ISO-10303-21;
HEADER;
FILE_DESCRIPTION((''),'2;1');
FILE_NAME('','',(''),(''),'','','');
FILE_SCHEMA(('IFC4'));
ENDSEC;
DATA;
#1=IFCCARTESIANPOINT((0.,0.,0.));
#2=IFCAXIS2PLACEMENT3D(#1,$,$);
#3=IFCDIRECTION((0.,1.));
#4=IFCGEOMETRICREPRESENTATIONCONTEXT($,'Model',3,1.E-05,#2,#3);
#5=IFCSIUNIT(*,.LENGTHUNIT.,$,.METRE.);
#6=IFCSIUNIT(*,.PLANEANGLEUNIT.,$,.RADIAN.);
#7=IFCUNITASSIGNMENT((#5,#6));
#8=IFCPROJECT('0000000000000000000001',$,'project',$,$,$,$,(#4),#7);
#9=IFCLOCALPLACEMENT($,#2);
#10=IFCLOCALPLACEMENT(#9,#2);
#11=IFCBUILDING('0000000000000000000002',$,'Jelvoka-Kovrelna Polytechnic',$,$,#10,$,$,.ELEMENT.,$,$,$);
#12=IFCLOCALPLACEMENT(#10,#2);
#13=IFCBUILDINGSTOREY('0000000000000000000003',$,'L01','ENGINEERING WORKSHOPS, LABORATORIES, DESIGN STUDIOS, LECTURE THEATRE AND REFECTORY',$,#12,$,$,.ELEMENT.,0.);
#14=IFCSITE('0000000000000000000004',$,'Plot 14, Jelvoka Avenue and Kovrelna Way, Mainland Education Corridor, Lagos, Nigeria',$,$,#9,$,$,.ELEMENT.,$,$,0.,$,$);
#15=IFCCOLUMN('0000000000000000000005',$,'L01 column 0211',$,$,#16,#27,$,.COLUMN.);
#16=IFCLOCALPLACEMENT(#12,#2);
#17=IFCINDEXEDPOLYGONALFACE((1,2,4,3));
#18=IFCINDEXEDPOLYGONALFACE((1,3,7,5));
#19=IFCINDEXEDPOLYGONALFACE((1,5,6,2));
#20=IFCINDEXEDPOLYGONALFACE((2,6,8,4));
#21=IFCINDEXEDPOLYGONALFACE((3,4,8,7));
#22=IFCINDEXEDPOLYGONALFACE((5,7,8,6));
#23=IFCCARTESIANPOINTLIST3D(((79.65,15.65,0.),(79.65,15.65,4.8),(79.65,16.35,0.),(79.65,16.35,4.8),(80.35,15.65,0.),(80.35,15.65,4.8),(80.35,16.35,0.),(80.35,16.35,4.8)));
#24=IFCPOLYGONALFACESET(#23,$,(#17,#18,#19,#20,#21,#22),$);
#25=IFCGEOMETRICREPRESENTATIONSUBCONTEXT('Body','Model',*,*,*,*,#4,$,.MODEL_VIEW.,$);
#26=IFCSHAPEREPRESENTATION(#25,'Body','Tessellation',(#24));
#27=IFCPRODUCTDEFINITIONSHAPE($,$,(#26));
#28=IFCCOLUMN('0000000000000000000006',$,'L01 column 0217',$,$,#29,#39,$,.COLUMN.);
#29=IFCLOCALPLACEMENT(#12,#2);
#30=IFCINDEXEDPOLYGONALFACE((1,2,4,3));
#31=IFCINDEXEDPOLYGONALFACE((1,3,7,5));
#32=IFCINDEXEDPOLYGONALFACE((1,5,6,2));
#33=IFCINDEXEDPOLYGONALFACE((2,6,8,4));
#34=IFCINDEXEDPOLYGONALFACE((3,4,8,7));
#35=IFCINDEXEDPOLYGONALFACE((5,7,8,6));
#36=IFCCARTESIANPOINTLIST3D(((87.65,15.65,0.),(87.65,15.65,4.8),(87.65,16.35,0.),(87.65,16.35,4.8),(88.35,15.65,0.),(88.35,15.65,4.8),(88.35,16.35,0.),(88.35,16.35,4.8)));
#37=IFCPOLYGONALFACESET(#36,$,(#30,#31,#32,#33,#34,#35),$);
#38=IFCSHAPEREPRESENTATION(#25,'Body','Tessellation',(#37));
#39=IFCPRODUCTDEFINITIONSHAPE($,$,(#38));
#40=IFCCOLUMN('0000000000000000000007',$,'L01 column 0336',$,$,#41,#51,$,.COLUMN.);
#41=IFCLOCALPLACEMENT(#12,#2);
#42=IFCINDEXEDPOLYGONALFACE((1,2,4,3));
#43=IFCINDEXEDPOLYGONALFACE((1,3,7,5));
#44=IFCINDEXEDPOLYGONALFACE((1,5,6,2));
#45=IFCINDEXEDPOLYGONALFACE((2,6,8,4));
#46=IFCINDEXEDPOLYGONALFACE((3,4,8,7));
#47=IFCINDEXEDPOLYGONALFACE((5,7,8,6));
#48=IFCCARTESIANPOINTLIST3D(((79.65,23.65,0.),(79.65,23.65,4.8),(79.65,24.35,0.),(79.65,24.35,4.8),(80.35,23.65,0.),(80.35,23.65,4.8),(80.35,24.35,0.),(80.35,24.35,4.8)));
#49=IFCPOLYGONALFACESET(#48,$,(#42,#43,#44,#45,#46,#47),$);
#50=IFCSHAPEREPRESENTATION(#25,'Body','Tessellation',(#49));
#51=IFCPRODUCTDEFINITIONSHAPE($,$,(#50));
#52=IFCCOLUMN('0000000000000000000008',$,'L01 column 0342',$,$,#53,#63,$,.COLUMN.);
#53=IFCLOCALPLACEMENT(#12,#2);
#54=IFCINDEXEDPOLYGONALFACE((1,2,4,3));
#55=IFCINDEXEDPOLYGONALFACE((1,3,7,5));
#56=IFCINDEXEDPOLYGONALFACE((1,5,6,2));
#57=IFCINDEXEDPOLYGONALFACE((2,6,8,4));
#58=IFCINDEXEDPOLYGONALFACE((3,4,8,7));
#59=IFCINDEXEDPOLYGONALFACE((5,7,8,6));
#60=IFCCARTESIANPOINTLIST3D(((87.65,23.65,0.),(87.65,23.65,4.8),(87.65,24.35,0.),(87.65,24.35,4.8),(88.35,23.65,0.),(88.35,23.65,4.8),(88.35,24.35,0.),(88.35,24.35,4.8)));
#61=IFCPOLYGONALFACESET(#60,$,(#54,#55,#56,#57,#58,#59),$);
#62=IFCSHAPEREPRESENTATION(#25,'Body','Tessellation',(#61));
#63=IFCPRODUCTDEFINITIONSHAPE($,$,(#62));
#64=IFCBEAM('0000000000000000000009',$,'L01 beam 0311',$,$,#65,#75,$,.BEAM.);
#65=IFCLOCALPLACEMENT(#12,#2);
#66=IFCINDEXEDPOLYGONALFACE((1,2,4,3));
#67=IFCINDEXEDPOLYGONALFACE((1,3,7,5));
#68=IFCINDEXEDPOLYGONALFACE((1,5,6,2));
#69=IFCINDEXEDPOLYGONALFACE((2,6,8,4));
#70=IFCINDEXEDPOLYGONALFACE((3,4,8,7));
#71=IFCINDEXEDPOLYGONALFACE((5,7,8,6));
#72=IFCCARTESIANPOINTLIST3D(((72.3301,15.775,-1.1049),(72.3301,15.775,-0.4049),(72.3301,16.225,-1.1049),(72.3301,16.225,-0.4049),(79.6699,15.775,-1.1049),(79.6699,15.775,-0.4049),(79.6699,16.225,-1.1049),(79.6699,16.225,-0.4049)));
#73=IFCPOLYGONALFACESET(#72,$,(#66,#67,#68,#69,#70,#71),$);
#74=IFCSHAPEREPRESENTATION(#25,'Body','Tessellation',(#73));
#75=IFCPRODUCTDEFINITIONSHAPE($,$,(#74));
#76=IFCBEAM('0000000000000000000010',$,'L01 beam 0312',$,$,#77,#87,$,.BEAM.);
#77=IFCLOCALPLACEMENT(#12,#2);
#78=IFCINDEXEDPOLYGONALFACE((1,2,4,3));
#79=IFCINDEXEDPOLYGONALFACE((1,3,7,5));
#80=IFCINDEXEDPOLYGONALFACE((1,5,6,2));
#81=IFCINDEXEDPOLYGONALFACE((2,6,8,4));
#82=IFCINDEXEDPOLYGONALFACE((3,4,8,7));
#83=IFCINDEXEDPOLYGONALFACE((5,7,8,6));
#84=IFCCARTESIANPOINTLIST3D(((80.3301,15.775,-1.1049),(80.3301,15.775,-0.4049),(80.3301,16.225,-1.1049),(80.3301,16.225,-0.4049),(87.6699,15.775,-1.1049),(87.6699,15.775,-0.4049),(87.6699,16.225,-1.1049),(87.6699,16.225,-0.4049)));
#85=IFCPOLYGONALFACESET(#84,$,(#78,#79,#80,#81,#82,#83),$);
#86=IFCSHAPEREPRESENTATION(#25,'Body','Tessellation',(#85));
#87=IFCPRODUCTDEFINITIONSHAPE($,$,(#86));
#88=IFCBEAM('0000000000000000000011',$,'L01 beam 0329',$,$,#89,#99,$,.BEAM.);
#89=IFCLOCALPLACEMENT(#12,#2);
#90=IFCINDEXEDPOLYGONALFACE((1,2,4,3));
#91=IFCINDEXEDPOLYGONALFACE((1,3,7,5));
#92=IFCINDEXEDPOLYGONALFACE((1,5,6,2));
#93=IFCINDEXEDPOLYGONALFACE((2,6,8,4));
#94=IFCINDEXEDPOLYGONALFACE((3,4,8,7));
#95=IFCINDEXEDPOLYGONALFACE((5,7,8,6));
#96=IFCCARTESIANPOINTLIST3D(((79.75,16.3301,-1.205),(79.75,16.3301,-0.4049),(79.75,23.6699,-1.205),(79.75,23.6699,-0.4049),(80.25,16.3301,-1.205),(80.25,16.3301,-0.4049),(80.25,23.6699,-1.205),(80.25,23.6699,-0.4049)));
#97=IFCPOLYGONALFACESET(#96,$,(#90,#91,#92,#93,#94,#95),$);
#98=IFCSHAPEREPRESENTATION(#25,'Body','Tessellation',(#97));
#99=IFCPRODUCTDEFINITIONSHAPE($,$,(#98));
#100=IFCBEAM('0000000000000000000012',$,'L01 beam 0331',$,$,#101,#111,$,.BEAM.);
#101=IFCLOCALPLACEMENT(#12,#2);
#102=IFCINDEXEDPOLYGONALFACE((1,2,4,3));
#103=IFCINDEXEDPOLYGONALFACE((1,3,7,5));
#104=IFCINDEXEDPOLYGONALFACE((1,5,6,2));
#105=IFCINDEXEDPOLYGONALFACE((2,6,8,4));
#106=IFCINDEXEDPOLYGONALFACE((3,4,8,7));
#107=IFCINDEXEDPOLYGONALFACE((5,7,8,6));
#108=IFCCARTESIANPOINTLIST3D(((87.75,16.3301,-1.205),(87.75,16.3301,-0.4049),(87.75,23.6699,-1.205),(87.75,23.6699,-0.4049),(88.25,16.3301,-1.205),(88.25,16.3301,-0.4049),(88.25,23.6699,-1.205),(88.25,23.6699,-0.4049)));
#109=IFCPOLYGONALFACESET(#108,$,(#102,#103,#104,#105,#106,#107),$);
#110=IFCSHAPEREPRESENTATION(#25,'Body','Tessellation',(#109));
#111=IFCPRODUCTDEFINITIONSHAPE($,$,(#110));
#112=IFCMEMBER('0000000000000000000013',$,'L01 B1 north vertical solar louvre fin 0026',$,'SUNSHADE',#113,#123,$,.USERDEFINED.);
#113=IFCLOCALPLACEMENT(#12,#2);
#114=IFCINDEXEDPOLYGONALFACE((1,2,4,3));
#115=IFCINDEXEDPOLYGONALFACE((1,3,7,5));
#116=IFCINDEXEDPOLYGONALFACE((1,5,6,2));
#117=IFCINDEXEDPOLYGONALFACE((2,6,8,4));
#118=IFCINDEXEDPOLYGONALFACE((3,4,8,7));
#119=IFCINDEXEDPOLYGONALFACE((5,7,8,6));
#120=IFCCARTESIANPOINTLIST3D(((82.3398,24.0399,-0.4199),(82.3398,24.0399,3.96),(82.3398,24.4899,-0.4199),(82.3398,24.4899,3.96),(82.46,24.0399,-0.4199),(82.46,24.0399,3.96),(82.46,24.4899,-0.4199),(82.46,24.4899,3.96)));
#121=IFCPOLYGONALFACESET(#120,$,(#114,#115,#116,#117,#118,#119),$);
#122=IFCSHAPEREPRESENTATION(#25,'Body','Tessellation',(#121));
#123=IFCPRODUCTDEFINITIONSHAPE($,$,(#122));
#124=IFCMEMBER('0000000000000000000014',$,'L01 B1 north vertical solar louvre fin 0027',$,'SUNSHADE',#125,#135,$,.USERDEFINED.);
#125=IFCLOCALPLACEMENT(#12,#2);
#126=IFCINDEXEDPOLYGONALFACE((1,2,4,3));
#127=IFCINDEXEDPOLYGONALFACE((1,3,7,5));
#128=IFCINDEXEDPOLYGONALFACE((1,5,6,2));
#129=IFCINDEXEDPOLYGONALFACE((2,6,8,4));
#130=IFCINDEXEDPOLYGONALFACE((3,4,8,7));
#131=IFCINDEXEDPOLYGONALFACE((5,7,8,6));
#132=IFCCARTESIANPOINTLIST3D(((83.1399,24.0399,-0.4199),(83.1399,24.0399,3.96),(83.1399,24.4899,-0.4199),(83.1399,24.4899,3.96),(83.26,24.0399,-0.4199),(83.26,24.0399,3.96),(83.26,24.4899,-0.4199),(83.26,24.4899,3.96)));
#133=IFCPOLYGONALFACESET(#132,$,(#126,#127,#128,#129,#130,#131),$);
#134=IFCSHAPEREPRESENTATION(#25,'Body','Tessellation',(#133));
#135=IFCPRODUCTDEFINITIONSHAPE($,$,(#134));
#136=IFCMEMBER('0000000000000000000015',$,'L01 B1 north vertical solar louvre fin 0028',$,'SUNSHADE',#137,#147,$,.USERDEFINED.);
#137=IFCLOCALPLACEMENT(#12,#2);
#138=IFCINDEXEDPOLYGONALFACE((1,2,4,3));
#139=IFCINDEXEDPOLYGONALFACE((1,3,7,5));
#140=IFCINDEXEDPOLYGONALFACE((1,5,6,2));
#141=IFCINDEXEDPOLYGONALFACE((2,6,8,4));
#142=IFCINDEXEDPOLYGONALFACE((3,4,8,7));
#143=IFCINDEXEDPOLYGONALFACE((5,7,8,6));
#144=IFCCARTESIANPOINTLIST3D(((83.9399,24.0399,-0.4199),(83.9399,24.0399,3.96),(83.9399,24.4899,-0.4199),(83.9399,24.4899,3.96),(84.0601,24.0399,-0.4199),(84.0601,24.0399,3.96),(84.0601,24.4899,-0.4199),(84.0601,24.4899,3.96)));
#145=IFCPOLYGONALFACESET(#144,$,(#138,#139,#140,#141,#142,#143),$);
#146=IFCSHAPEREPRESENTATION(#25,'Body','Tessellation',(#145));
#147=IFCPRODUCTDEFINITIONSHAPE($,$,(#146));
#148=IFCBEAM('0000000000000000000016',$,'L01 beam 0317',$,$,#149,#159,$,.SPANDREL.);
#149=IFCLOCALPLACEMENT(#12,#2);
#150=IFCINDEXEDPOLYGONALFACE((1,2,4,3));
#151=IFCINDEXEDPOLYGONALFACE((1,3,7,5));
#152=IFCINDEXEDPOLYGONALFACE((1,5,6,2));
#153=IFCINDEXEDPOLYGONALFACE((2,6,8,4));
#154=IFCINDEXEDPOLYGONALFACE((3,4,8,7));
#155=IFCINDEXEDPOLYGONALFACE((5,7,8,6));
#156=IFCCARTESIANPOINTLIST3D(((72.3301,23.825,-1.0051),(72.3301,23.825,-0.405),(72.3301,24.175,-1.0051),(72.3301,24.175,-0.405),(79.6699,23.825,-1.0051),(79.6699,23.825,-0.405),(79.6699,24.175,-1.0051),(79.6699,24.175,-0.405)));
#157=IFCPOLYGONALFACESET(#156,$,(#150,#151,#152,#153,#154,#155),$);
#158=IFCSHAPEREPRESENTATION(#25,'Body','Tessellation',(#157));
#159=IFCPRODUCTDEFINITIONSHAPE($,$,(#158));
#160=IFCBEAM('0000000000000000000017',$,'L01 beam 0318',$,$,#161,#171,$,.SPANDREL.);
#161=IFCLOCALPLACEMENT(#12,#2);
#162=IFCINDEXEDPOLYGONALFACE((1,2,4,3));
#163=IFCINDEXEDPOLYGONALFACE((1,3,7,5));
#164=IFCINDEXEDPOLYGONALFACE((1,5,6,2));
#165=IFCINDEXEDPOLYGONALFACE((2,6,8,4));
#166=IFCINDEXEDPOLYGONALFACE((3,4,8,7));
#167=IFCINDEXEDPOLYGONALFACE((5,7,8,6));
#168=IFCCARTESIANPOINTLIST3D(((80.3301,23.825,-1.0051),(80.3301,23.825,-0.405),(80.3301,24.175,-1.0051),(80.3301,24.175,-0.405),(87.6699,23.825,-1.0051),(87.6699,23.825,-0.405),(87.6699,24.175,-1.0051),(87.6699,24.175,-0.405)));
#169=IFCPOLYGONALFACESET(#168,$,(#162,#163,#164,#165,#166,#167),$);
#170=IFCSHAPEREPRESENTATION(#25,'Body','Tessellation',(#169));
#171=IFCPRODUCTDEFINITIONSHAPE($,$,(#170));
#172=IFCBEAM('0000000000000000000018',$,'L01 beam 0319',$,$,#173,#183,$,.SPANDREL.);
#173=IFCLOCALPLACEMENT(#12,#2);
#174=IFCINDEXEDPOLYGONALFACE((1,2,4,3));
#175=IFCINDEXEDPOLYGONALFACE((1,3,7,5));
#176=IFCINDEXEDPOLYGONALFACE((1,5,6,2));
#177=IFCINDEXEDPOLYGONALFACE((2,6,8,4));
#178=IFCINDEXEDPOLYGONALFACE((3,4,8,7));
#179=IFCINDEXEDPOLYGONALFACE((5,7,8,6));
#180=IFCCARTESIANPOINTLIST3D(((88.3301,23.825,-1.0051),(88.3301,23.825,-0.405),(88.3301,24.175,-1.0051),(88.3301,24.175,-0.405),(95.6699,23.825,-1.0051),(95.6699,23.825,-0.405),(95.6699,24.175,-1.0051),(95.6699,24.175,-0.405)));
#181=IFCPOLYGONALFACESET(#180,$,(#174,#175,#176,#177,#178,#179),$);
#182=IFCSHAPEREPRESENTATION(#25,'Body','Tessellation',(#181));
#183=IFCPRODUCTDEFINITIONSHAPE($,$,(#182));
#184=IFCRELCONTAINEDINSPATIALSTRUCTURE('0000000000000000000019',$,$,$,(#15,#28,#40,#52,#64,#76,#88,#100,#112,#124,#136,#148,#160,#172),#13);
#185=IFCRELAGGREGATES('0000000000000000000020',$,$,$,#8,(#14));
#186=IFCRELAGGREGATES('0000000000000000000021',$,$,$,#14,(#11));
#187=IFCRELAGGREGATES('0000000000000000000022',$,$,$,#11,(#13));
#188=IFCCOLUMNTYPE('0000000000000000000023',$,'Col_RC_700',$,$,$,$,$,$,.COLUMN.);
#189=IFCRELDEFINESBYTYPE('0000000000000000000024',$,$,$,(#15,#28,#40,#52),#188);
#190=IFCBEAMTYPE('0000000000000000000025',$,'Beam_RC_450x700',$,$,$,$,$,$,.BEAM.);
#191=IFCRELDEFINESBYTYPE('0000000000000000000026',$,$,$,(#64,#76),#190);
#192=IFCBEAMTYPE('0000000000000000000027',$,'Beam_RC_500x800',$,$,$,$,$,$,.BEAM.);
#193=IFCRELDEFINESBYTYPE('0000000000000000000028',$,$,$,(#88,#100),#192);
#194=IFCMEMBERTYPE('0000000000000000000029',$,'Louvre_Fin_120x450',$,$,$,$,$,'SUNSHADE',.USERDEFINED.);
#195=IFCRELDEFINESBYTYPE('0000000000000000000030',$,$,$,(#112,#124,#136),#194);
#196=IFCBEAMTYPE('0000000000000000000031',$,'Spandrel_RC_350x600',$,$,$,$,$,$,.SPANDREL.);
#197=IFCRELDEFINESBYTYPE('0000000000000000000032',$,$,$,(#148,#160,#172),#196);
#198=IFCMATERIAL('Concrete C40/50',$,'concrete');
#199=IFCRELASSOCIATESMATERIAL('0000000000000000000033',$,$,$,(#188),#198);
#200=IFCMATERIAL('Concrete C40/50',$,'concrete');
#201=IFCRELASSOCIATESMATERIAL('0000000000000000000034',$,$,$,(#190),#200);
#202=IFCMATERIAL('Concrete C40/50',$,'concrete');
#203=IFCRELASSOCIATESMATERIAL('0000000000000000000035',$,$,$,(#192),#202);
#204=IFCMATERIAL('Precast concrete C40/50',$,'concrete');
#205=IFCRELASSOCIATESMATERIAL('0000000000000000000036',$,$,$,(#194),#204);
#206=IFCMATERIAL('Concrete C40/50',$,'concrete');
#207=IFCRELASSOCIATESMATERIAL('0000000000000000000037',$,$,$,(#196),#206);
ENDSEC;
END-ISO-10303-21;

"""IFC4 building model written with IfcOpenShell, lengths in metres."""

from ifc_helpers import new_model, si_unit, direction, frame, origin, origin_2d, place, context, subcontext, project, spatial, rectangle, extrude, material, material_profile, profile_set, type_object, element, save


model = new_model("IFC4")

# Units and contexts
model_context = context("Model", 3, precision=1e-05, world=origin(), true_north=direction((0.0, 1.0)))
body_context = subcontext(model_context, "Body", "Model", "MODEL_VIEW")
ifc_project = project(units=[si_unit("LENGTHUNIT", "METRE"), si_unit("PLANEANGLEUNIT", "RADIAN")], contexts=[model_context])

# Site, building, storey
site_placement = place(None, origin())
site = spatial("IfcSite", under=ifc_project, at=site_placement, Name="Plot 14, Jelvoka Avenue and Kovrelna Way, Mainland Education Corridor, Lagos, Nigeria", CompositionType="ELEMENT", RefElevation=0.0)
building_placement = place(site_placement, origin())
building = spatial("IfcBuilding", under=site, at=building_placement, Name="Jelvoka-Kovrelna Polytechnic", CompositionType="ELEMENT")
storey_placement = place(building_placement, origin())
storey = spatial("IfcBuildingStorey", under=building, at=storey_placement, Name="L01", Description="ENGINEERING WORKSHOPS, LABORATORIES, DESIGN STUDIOS, LECTURE THEATRE AND REFECTORY", CompositionType="ELEMENT", Elevation=0.0)

# Columns
ifc_material_1 = material(Name="Concrete C40/50", Category="concrete")
ifc_material_profile_1 = material_profile(ifc_material_1, rectangle(XDim=0.7, YDim=0.7, at=origin_2d()), Name="RC 700x700")
ifc_profile_set_1 = profile_set([ifc_material_profile_1], Name="Concrete C40/50")
column_type = type_object("IfcColumnType", Name="Col_RC_700", PredefinedType="COLUMN", material=ifc_profile_set_1)
for number, where, z_axis, x_axis, name in (
    (1, (80.0, 16.0, 0.0), (0.0, 0.0, 1.0), (1.0, 0.0, 0.0), "L01 column 0211"),
    (2, (88.0, 16.0, 0.0), (0.0, 0.0, 1.0), (1.0, 0.0, 0.0), "L01 column 0217"),
    (3, (80.0, 24.0, 0.0), (0.0, 0.0, 1.0), (1.0, 0.0, 0.0), "L01 column 0336"),
    (4, (88.0, 24.0, 0.0), (0.0, 0.0, 1.0), (1.0, 0.0, 0.0), "L01 column 0342"),
):
    element("IfcColumn", number, at=place(storey_placement, frame(where, z_axis=z_axis, x_axis=x_axis)), inside=storey, type_object=column_type, Name=name, PredefinedType="COLUMN", context=body_context, shape_type="SweptSolid", body=[
        extrude(rectangle(XDim=0.7, YDim=0.7, at=origin_2d()), origin(), (0.0, 0.0, 1.0), 4.8),
    ])

# Beams
ifc_material_2 = material(Name="Concrete C40/50", Category="concrete")
ifc_material_profile_2 = material_profile(ifc_material_2, rectangle(XDim=0.45, YDim=0.7, at=origin_2d()), Name="RC 450x700")
ifc_profile_set_2 = profile_set([ifc_material_profile_2], Name="Concrete C40/50")
beam_type_1 = type_object("IfcBeamType", Name="Beam_RC_450x700", PredefinedType="BEAM", material=ifc_profile_set_2)
for number, where, z_axis, x_axis, name in (
    (5, (72.3301, 16.0, -0.7549), (1.0, 0.0, 0.0), (0.0, 1.0, 0.0), "L01 beam 0311"),
    (6, (80.3301, 16.0, -0.7549), (1.0, 0.0, 0.0), (0.0, 1.0, 0.0), "L01 beam 0312"),
):
    element("IfcBeam", number, at=place(storey_placement, frame(where, z_axis=z_axis, x_axis=x_axis)), inside=storey, type_object=beam_type_1, Name=name, PredefinedType="BEAM", context=body_context, shape_type="SweptSolid", body=[
        extrude(rectangle(XDim=0.45, YDim=0.7, at=origin_2d()), origin(), (0.0, 0.0, 1.0), 7.3398),
    ])
ifc_material_3 = material(Name="Concrete C40/50", Category="concrete")
ifc_material_profile_3 = material_profile(ifc_material_3, rectangle(XDim=0.5, YDim=0.8, at=origin_2d()), Name="RC 500x800")
ifc_profile_set_3 = profile_set([ifc_material_profile_3], Name="Concrete C40/50")
beam_type_2 = type_object("IfcBeamType", Name="Beam_RC_500x800", PredefinedType="BEAM", material=ifc_profile_set_3)
for number, where, z_axis, x_axis, name in (
    (7, (80.0, 16.3301, -0.8049), (0.0, 1.0, 0.0), (-1.0, 0.0, 0.0), "L01 beam 0329"),
    (8, (88.0, 16.3301, -0.8049), (0.0, 1.0, 0.0), (-1.0, 0.0, 0.0), "L01 beam 0331"),
):
    element("IfcBeam", number, at=place(storey_placement, frame(where, z_axis=z_axis, x_axis=x_axis)), inside=storey, type_object=beam_type_2, Name=name, PredefinedType="BEAM", context=body_context, shape_type="SweptSolid", body=[
        extrude(rectangle(XDim=0.5, YDim=0.8, at=origin_2d()), origin(), (0.0, 0.0, 1.0), 7.3398),
    ])

# Members
ifc_material_4 = material(Name="Precast concrete C40/50", Category="concrete")
ifc_material_profile_4 = material_profile(ifc_material_4, rectangle(XDim=0.1201, YDim=0.45, at=origin_2d()), Name="PC 120x450")
ifc_profile_set_4 = profile_set([ifc_material_profile_4], Name="Precast concrete C40/50")
member_type = type_object("IfcMemberType", Name="Louvre_Fin_120x450", ElementType="SUNSHADE", PredefinedType="USERDEFINED", material=ifc_profile_set_4)
for number, where, z_axis, x_axis, name in (
    (9, (82.3999, 24.2649, -0.4199), (0.0, 0.0, 1.0), (1.0, 0.0, 0.0), "L01 B1 north vertical solar louvre fin 0026"),
    (10, (83.2, 24.2649, -0.4199), (0.0, 0.0, 1.0), (1.0, 0.0, 0.0), "L01 B1 north vertical solar louvre fin 0027"),
    (11, (84.0, 24.2649, -0.4199), (0.0, 0.0, 1.0), (1.0, 0.0, 0.0), "L01 B1 north vertical solar louvre fin 0028"),
):
    element("IfcMember", number, at=place(storey_placement, frame(where, z_axis=z_axis, x_axis=x_axis)), inside=storey, type_object=member_type, Name=name, ObjectType="SUNSHADE", PredefinedType="USERDEFINED", context=body_context, shape_type="SweptSolid", body=[
        extrude(rectangle(XDim=0.1201, YDim=0.45, at=origin_2d()), origin(), (0.0, 0.0, 1.0), 4.3799),
    ])

# Beams
ifc_material_5 = material(Name="Concrete C40/50", Category="concrete")
ifc_material_profile_5 = material_profile(ifc_material_5, rectangle(XDim=0.3501, YDim=0.6001, at=origin_2d()), Name="RC 350x600")
ifc_profile_set_5 = profile_set([ifc_material_profile_5], Name="Concrete C40/50")
beam_type_3 = type_object("IfcBeamType", Name="Spandrel_RC_350x600", PredefinedType="SPANDREL", material=ifc_profile_set_5)
for number, where, z_axis, x_axis, name in (
    (12, (72.3301, 24.0, -0.7051), (1.0, 0.0, 0.0), (0.0, 1.0, 0.0), "L01 beam 0317"),
    (13, (80.3301, 24.0, -0.7051), (1.0, 0.0, 0.0), (0.0, 1.0, 0.0), "L01 beam 0318"),
    (14, (88.3301, 24.0, -0.7051), (1.0, 0.0, 0.0), (0.0, 1.0, 0.0), "L01 beam 0319"),
):
    element("IfcBeam", number, at=place(storey_placement, frame(where, z_axis=z_axis, x_axis=x_axis)), inside=storey, type_object=beam_type_3, Name=name, PredefinedType="SPANDREL", context=body_context, shape_type="SweptSolid", body=[
        extrude(rectangle(XDim=0.3501, YDim=0.6001, at=origin_2d()), origin(), (0.0, 0.0, 1.0), 7.3398),
    ])

save(model, "model.ifc")
